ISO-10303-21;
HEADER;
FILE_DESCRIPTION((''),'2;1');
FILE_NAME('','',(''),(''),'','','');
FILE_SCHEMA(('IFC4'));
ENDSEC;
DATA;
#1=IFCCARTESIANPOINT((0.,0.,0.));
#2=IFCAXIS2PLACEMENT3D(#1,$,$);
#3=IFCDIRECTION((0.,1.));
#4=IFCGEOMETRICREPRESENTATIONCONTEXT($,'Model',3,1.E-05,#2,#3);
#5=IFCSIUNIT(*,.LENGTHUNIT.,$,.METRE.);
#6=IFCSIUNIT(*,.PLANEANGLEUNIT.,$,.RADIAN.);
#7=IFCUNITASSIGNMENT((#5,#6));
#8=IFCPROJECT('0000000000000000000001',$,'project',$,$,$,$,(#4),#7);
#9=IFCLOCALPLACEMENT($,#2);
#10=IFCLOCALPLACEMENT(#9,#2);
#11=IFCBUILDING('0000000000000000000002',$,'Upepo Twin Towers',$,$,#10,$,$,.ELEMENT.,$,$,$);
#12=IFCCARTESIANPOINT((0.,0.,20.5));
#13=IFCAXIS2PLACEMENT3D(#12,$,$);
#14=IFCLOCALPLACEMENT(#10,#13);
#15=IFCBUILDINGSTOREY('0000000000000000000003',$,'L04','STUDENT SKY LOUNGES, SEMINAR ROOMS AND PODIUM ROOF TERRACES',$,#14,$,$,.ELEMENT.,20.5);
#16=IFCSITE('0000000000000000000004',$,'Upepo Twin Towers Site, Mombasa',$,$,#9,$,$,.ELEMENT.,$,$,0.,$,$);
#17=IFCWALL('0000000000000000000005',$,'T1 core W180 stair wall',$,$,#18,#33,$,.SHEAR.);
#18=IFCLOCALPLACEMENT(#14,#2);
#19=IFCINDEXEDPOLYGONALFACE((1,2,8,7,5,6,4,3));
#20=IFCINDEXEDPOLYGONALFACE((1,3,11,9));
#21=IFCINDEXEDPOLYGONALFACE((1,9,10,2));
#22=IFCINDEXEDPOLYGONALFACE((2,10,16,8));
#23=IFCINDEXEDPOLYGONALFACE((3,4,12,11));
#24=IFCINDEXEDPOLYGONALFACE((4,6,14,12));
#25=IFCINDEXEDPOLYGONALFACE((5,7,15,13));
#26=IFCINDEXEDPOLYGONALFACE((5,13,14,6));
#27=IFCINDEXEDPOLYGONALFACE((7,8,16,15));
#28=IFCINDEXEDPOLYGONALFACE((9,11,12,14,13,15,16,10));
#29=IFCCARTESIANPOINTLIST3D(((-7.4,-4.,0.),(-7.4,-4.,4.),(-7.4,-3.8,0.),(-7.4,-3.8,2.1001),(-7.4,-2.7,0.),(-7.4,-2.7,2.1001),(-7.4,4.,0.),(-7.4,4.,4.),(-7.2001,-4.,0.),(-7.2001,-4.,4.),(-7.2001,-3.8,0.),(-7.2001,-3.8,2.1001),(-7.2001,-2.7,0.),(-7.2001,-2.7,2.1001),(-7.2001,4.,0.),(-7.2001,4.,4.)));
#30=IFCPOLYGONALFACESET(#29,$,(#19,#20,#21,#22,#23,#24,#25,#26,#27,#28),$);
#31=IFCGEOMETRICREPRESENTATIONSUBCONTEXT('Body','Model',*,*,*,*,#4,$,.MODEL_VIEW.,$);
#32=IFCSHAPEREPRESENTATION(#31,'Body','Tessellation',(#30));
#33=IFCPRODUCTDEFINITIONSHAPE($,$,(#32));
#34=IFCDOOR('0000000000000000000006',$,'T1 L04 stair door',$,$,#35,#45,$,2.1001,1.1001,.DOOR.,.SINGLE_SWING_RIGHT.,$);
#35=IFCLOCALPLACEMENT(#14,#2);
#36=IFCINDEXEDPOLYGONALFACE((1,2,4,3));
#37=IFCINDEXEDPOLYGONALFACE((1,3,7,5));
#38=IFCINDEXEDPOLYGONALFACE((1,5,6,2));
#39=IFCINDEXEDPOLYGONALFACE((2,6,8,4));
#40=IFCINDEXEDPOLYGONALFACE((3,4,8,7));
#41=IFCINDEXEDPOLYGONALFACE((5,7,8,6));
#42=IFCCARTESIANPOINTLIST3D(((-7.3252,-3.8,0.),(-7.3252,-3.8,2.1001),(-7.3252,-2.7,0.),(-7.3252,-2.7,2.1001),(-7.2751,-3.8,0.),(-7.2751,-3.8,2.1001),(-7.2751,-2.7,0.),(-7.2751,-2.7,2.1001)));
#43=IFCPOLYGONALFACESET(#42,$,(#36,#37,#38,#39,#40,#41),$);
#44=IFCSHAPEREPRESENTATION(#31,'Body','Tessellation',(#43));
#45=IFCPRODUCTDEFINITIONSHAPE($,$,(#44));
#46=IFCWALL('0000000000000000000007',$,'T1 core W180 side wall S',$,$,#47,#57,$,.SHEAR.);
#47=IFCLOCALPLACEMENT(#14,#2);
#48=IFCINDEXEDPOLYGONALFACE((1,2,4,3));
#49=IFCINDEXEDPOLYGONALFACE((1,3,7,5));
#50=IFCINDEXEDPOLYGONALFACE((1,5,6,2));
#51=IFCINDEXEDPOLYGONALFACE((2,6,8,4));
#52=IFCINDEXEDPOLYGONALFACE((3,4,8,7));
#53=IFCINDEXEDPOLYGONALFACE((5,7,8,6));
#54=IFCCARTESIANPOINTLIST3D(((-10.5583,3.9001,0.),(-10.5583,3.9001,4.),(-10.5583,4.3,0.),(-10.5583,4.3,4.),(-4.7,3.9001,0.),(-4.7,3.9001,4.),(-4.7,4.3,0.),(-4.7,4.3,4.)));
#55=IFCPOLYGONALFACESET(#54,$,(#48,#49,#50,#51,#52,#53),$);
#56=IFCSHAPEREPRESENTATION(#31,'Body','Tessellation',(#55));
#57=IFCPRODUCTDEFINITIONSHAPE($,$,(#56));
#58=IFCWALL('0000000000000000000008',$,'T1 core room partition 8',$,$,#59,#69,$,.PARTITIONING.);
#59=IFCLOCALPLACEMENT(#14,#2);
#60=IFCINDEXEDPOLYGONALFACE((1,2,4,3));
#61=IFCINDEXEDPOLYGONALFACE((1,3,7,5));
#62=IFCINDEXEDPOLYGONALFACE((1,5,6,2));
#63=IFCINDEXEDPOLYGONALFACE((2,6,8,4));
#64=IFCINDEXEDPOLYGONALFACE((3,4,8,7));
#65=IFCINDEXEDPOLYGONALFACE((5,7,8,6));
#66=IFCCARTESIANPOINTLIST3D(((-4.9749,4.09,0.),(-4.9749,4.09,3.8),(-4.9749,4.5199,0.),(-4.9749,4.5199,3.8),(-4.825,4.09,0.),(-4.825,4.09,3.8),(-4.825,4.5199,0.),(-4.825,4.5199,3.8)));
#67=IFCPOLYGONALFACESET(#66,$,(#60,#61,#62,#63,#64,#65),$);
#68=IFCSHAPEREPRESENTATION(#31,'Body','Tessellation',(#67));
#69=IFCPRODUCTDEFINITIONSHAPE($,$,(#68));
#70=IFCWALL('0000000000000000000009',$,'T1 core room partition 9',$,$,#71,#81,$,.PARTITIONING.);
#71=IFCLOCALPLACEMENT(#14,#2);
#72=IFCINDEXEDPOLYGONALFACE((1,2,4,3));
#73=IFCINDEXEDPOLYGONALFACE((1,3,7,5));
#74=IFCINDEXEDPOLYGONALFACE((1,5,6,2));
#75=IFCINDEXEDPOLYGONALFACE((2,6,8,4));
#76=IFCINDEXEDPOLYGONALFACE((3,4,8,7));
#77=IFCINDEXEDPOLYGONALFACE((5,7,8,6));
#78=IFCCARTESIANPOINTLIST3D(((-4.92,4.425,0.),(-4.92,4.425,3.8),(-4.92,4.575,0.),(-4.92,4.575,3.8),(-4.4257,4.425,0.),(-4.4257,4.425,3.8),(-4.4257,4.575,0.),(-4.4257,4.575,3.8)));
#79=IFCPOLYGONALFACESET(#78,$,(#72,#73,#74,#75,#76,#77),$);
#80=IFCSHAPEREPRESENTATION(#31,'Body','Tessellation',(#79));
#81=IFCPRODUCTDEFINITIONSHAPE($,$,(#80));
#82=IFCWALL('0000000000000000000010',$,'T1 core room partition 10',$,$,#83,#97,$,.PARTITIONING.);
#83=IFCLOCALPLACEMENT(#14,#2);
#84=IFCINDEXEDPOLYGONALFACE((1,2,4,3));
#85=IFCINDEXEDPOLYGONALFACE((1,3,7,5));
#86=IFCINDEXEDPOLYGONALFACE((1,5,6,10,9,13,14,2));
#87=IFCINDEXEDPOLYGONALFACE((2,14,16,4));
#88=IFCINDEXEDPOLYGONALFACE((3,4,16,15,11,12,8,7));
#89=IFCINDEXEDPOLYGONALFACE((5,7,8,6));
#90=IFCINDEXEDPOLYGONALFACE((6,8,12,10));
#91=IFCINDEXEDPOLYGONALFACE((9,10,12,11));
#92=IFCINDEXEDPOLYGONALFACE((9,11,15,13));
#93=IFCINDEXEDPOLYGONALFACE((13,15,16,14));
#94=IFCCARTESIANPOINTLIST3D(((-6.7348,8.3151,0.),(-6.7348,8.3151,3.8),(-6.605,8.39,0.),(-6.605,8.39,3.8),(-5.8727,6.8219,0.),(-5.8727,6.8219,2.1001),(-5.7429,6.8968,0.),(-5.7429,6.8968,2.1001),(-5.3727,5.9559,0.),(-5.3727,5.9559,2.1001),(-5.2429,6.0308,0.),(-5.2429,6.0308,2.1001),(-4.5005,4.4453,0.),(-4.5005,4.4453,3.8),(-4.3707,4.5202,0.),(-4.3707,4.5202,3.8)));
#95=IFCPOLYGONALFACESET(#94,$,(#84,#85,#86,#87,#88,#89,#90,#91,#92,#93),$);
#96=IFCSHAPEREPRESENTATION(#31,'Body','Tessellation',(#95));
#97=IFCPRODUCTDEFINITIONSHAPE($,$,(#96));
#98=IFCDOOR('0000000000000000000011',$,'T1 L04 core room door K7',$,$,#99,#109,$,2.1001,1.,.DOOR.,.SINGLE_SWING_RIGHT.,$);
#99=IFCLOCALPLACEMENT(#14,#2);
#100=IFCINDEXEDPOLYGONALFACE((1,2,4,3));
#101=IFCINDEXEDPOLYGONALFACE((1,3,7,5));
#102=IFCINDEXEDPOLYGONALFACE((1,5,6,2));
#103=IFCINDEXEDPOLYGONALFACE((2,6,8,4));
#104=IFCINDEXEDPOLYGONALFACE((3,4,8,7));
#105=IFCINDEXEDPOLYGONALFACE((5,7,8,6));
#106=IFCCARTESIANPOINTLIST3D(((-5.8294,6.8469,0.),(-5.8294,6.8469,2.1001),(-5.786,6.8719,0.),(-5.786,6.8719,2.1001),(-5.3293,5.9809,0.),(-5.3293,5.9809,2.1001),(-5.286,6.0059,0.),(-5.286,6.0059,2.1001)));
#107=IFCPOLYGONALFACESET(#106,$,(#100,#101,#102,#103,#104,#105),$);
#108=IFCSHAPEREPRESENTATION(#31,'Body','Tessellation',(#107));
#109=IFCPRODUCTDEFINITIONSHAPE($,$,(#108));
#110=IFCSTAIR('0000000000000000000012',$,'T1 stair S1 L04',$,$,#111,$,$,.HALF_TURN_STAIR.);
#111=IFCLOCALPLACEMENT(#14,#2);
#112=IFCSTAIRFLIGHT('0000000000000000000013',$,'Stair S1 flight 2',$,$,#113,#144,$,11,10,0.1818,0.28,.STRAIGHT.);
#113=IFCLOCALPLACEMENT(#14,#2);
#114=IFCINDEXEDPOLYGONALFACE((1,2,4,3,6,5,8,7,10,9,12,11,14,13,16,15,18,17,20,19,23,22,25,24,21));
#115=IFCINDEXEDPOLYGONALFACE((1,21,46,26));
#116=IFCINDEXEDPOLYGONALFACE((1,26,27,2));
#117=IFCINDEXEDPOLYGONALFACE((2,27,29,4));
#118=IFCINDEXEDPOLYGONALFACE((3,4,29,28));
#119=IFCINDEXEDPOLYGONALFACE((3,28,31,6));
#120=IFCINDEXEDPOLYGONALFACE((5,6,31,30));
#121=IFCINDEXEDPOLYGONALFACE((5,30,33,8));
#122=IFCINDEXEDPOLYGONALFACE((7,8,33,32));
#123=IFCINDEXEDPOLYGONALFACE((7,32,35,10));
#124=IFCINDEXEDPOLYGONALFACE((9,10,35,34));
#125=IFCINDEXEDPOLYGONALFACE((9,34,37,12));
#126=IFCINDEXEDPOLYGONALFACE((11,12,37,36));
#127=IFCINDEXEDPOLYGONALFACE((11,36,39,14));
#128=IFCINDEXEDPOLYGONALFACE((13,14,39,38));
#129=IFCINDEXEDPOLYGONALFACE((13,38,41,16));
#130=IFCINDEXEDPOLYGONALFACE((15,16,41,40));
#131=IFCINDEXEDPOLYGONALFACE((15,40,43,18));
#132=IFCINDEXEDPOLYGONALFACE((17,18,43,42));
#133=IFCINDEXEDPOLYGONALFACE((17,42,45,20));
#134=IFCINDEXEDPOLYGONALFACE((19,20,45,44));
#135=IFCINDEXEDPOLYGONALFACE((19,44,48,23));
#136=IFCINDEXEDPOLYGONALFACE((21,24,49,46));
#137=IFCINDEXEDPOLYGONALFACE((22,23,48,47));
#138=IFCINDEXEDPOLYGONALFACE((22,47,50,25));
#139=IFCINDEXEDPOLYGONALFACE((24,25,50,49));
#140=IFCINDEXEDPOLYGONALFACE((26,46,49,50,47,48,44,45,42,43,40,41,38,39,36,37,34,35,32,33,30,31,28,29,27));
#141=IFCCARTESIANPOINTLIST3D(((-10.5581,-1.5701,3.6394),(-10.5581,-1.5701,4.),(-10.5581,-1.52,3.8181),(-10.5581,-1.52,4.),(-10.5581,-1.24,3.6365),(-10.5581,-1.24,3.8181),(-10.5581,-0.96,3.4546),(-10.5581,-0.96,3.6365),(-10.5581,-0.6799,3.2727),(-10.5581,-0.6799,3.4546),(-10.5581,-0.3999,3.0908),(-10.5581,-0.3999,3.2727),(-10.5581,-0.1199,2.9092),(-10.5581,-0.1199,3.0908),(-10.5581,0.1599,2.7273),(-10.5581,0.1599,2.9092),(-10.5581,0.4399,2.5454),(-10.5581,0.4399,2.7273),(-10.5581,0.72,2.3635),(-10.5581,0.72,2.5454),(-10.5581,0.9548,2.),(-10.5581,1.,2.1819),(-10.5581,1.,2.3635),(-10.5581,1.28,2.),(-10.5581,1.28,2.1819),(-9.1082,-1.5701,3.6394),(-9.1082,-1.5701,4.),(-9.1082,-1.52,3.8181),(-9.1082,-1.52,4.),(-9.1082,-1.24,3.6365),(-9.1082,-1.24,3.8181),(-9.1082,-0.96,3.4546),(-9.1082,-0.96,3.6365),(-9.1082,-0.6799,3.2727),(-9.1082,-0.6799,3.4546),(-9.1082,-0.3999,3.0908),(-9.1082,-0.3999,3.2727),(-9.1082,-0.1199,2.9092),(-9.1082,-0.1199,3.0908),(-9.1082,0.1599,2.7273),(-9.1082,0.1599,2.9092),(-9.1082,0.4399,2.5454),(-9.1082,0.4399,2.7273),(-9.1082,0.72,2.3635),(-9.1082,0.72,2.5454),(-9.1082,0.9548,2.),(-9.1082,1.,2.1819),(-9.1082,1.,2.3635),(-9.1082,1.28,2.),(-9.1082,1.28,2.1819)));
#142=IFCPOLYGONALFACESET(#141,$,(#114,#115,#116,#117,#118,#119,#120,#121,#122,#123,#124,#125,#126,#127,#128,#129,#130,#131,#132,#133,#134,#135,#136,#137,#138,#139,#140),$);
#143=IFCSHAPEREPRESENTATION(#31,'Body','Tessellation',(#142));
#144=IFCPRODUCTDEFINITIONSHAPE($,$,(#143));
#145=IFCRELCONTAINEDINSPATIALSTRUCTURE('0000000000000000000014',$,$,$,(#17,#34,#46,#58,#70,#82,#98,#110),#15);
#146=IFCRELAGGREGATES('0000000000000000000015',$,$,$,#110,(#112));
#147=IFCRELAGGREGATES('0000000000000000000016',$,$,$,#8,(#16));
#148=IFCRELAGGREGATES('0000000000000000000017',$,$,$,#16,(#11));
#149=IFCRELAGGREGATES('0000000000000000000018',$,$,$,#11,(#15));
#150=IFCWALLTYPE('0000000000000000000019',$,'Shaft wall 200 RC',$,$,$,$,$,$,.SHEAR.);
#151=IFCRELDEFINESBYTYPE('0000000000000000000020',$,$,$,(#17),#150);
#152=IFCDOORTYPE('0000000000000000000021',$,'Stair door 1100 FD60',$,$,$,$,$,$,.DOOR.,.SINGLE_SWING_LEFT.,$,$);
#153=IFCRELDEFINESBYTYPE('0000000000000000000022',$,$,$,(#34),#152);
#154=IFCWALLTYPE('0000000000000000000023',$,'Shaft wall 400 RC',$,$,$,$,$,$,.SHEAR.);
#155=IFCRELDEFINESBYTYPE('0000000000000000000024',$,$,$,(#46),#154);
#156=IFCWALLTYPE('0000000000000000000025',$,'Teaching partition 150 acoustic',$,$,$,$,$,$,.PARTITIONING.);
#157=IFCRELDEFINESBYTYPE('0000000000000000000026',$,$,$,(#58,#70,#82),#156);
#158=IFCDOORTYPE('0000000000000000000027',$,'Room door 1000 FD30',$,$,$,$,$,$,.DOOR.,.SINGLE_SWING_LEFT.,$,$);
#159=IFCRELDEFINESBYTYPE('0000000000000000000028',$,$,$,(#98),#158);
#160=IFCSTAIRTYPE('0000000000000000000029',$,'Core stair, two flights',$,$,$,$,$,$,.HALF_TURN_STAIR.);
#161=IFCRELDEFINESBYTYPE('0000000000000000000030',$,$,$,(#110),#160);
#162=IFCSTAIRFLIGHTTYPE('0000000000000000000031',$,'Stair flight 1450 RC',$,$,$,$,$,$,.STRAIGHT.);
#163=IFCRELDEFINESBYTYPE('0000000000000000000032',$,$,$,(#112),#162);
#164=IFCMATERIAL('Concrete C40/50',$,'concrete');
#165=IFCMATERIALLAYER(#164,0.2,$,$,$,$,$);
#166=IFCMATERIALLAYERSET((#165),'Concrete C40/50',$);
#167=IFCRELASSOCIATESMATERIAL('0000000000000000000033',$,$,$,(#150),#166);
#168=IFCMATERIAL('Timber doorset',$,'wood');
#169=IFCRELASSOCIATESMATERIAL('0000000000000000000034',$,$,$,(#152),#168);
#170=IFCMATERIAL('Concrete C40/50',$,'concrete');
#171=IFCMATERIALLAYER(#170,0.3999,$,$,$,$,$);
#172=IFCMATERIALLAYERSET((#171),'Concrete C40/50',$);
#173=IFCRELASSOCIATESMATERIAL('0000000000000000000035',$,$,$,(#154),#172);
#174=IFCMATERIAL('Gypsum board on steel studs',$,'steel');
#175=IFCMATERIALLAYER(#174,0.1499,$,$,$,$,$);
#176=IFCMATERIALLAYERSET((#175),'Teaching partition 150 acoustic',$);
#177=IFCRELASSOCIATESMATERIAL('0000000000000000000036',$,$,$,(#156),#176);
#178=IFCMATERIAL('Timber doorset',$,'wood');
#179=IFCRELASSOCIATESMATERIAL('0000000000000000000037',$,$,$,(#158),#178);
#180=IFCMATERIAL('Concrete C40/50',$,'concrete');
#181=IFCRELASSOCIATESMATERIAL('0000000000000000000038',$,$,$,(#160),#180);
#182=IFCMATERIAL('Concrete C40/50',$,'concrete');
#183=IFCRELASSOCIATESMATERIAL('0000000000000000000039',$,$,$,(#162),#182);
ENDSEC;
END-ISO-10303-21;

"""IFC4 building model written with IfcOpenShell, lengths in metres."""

from ifc_helpers import new_model, si_unit, direction, frame, frame_2d, origin, place, context, subcontext, project, spatial, polyline, rectangle, outline, extrude, material, layer, layer_set, type_object, element, fill, aggregate, save


model = new_model("IFC4")

# Units and contexts
model_context = context("Model", 3, precision=1e-05, world=origin(), true_north=direction((0.0, 1.0)))
body_context = subcontext(model_context, "Body", "Model", "MODEL_VIEW")
ifc_project = project(units=[si_unit("LENGTHUNIT", "METRE"), si_unit("PLANEANGLEUNIT", "RADIAN")], contexts=[model_context])

# Site, building, storey
site_placement = place(None, origin())
site = spatial("IfcSite", under=ifc_project, at=site_placement, Name="Upepo Twin Towers Site, Mombasa", CompositionType="ELEMENT", RefElevation=0.0)
building_placement = place(site_placement, origin())
building = spatial("IfcBuilding", under=site, at=building_placement, Name="Upepo Twin Towers", CompositionType="ELEMENT")
storey_placement = place(building_placement, frame((0.0, 0.0, 20.5)))
storey = spatial("IfcBuildingStorey", under=building, at=storey_placement, Name="L04", Description="STUDENT SKY LOUNGES, SEMINAR ROOMS AND PODIUM ROOF TERRACES", CompositionType="ELEMENT", Elevation=20.5)

# Shared definitions
ifc_material_1 = material(Name="Concrete C40/50", Category="concrete")
ifc_layer_1 = layer(ifc_material_1, 0.2)
ifc_layer_set_1 = layer_set([ifc_layer_1], Name="Concrete C40/50")
wall_type_1 = type_object("IfcWallType", Name="Shaft wall 200 RC", PredefinedType="SHEAR", material=ifc_layer_set_1)

# Wall, opening, door
wall_1_placement = place(storey_placement, frame((-7.3, 4.0, 0.0), z_axis=(0.0, 0.0, 1.0), x_axis=(0.0, -1.0, 0.0)))
wall_1 = element("IfcWall", 1, at=wall_1_placement, inside=storey, type_object=wall_type_1, Name="T1 core W180 stair wall", PredefinedType="SHEAR", context=body_context, shape_type="SweptSolid", body=[
    extrude(rectangle(XDim=8.0, YDim=0.2, at=frame_2d((4.0, 0.0))), origin(), (0.0, 0.0, 1.0), 4.0),
])
opening_1_placement = place(wall_1_placement, frame((6.7, 0.0, 0.0)))
opening_1 = element("IfcOpeningElement", 2, at=opening_1_placement, cuts=wall_1, PredefinedType="OPENING", context=body_context, shape_type="SweptSolid", body=[
    extrude(rectangle(XDim=1.1001, YDim=2.1001, at=frame_2d((0.55, 1.05))), frame((0.0, 0.1099, 0.0), z_axis=(0.0, -1.0, 0.0), x_axis=(1.0, 0.0, 0.0)), (0.0, 0.0, 1.0), 0.22),
])
ifc_material_2 = material(Name="Timber doorset", Category="wood")
door_type_1 = type_object("IfcDoorType", Name="Stair door 1100 FD60", OperationType="SINGLE_SWING_LEFT", PredefinedType="DOOR", material=ifc_material_2)
door_1_placement = place(opening_1_placement, origin())
door_1 = element("IfcDoor", 3, at=door_1_placement, inside=storey, type_object=door_type_1, Name="T1 L04 stair door", OperationType="SINGLE_SWING_RIGHT", OverallHeight=2.1001, OverallWidth=1.1001, PredefinedType="DOOR", context=body_context, shape_type="SweptSolid", body=[
    extrude(rectangle(XDim=1.1001, YDim=2.1001, at=frame_2d((0.55, 1.05))), frame((0.0, 0.0249, 0.0), z_axis=(0.0, -1.0, 0.0), x_axis=(1.0, 0.0, 0.0)), (0.0, 0.0, 1.0), 0.05),
])
fill(opening_1, door_1)

# Walls
ifc_material_3 = material(Name="Concrete C40/50", Category="concrete")
ifc_layer_2 = layer(ifc_material_3, 0.3999)
ifc_layer_set_2 = layer_set([ifc_layer_2], Name="Concrete C40/50")
wall_type_2 = type_object("IfcWallType", Name="Shaft wall 400 RC", PredefinedType="SHEAR", material=ifc_layer_set_2)
wall_2_placement = place(storey_placement, frame((-4.7, 4.1001, 0.0), z_axis=(0.0, 0.0, 1.0), x_axis=(-1.0, 0.0, 0.0)))
element("IfcWall", 4, at=wall_2_placement, inside=storey, type_object=wall_type_2, Name="T1 core W180 side wall S", PredefinedType="SHEAR", context=body_context, shape_type="SweptSolid", body=[
    extrude(rectangle(XDim=5.8584, YDim=0.3999, at=frame_2d((2.9292, 0.0))), origin(), (0.0, 0.0, 1.0), 4.0),
])
ifc_material_4 = material(Name="Gypsum board on steel studs", Category="steel")
ifc_layer_3 = layer(ifc_material_4, 0.1499)
ifc_layer_set_3 = layer_set([ifc_layer_3], Name="Teaching partition 150 acoustic")
wall_type_3 = type_object("IfcWallType", Name="Teaching partition 150 acoustic", PredefinedType="PARTITIONING", material=ifc_layer_set_3)
wall_3_placement = place(storey_placement, frame((-4.8999, 4.0901, 0.0), z_axis=(0.0, 0.0, 1.0), x_axis=(0.0, 1.0, 0.0)))
element("IfcWall", 5, at=wall_3_placement, inside=storey, type_object=wall_type_3, Name="T1 core room partition 8", PredefinedType="PARTITIONING", context=body_context, shape_type="SweptSolid", body=[
    extrude(rectangle(XDim=0.4299, YDim=0.1499, at=frame_2d((0.2148, 0.0))), origin(), (0.0, 0.0, 1.0), 3.8),
])
wall_4_placement = place(storey_placement, frame((-4.9199, 4.5, 0.0), z_axis=(0.0, 0.0, 1.0), x_axis=(1.0, 0.0, 0.0)))
element("IfcWall", 6, at=wall_4_placement, inside=storey, type_object=wall_type_3, Name="T1 core room partition 9", PredefinedType="PARTITIONING", context=body_context, shape_type="SweptSolid", body=[
    extrude(rectangle(XDim=0.4944, YDim=0.1499, at=frame_2d((0.2471, 0.0))), origin(), (0.0, 0.0, 1.0), 3.8),
])

# Wall, opening, door
wall_5_placement = place(storey_placement, frame((-4.4355, 4.4827, 0.0), z_axis=(0.0, 0.0, 1.0), x_axis=(-0.500017, 0.866015, 0.0)))
wall_5 = element("IfcWall", 7, at=wall_5_placement, inside=storey, type_object=wall_type_3, Name="T1 core room partition 10", PredefinedType="PARTITIONING", context=body_context, shape_type="SweptSolid", body=[
    extrude(rectangle(XDim=4.4685, YDim=0.1499, at=frame_2d((2.2344, 0.0))), origin(), (0.0, 0.0, 1.0), 3.8),
])
opening_2_placement = place(wall_5_placement, frame((1.7444, 0.0, 0.0)))
opening_2 = element("IfcOpeningElement", 8, at=opening_2_placement, cuts=wall_5, PredefinedType="OPENING", context=body_context, shape_type="SweptSolid", body=[
    extrude(rectangle(XDim=1.0, YDim=2.1001, at=frame_2d((0.5, 1.05))), frame((0.0, 0.085, 0.0), z_axis=(0.0, -1.0, 0.0), x_axis=(1.0, 0.0, 0.0)), (0.0, 0.0, 1.0), 0.1699),
])
ifc_material_5 = material(Name="Timber doorset", Category="wood")
door_type_2 = type_object("IfcDoorType", Name="Room door 1000 FD30", OperationType="SINGLE_SWING_LEFT", PredefinedType="DOOR", material=ifc_material_5)
door_2_placement = place(opening_2_placement, origin())
door_2 = element("IfcDoor", 9, at=door_2_placement, inside=storey, type_object=door_type_2, Name="T1 L04 core room door K7", OperationType="SINGLE_SWING_RIGHT", OverallHeight=2.1001, OverallWidth=1.0, PredefinedType="DOOR", context=body_context, shape_type="SweptSolid", body=[
    extrude(rectangle(XDim=1.0, YDim=2.1001, at=frame_2d((0.5, 1.05))), frame((0.0, 0.0249, 0.0), z_axis=(0.0, -1.0, 0.0), x_axis=(1.0, 0.0, 0.0)), (0.0, 0.0, 1.0), 0.05),
])
fill(opening_2, door_2)

# Stair, stair flight
ifc_material_6 = material(Name="Concrete C40/50", Category="concrete")
stair_type = type_object("IfcStairType", Name="Core stair, two flights", PredefinedType="HALF_TURN_STAIR", material=ifc_material_6)
stair_placement = place(storey_placement, origin())
stair = element("IfcStair", 10, at=stair_placement, inside=storey, type_object=stair_type, Name="T1 stair S1 L04", PredefinedType="HALF_TURN_STAIR")
ifc_material_7 = material(Name="Concrete C40/50", Category="concrete")
stair_flight_type = type_object("IfcStairFlightType", Name="Stair flight 1450 RC", PredefinedType="STRAIGHT", material=ifc_material_7)
stair_flight_placement = place(storey_placement, frame((-9.8333, 1.28, 2.0), z_axis=(0.0, 0.0, 1.0), x_axis=(0.0, -1.0, 0.0)))
stair_flight = element("IfcStairFlight", 11, at=stair_flight_placement, type_object=stair_flight_type, Name="Stair S1 flight 2", NumberOfRisers=11, NumberOfTreads=10, PredefinedType="STRAIGHT", RiserHeight=0.1818, TreadLength=0.28, context=body_context, shape_type="SweptSolid", body=[
    extrude(outline(polyline([(0.0, 0.0), (0.0, 0.1819), (0.28, 0.1819), (0.28, 0.3635), (0.5601, 0.3635), (0.5601, 0.5454), (0.8401, 0.5454), (0.8401, 0.7273), (1.1201, 0.7273), (1.1201, 0.9092), (1.3999, 0.9092), (1.3999, 1.0908), (1.6799, 1.0908), (1.6799, 1.2727), (1.96, 1.2727), (1.96, 1.4546), (2.24, 1.4546), (2.24, 1.6365), (2.52, 1.6365), (2.52, 1.8181), (2.8, 1.8181), (2.8, 2.0), (2.8501, 2.0), (2.8501, 1.6394), (0.3252, 0.0), (0.0, 0.0)])), frame((0.0, 0.7251, 0.0), z_axis=(0.0, -1.0, 0.0), x_axis=(1.0, 0.0, 0.0)), (0.0, 0.0, 1.0), 1.45),
])
aggregate(stair, [stair_flight])

save(model, "model.ifc")
